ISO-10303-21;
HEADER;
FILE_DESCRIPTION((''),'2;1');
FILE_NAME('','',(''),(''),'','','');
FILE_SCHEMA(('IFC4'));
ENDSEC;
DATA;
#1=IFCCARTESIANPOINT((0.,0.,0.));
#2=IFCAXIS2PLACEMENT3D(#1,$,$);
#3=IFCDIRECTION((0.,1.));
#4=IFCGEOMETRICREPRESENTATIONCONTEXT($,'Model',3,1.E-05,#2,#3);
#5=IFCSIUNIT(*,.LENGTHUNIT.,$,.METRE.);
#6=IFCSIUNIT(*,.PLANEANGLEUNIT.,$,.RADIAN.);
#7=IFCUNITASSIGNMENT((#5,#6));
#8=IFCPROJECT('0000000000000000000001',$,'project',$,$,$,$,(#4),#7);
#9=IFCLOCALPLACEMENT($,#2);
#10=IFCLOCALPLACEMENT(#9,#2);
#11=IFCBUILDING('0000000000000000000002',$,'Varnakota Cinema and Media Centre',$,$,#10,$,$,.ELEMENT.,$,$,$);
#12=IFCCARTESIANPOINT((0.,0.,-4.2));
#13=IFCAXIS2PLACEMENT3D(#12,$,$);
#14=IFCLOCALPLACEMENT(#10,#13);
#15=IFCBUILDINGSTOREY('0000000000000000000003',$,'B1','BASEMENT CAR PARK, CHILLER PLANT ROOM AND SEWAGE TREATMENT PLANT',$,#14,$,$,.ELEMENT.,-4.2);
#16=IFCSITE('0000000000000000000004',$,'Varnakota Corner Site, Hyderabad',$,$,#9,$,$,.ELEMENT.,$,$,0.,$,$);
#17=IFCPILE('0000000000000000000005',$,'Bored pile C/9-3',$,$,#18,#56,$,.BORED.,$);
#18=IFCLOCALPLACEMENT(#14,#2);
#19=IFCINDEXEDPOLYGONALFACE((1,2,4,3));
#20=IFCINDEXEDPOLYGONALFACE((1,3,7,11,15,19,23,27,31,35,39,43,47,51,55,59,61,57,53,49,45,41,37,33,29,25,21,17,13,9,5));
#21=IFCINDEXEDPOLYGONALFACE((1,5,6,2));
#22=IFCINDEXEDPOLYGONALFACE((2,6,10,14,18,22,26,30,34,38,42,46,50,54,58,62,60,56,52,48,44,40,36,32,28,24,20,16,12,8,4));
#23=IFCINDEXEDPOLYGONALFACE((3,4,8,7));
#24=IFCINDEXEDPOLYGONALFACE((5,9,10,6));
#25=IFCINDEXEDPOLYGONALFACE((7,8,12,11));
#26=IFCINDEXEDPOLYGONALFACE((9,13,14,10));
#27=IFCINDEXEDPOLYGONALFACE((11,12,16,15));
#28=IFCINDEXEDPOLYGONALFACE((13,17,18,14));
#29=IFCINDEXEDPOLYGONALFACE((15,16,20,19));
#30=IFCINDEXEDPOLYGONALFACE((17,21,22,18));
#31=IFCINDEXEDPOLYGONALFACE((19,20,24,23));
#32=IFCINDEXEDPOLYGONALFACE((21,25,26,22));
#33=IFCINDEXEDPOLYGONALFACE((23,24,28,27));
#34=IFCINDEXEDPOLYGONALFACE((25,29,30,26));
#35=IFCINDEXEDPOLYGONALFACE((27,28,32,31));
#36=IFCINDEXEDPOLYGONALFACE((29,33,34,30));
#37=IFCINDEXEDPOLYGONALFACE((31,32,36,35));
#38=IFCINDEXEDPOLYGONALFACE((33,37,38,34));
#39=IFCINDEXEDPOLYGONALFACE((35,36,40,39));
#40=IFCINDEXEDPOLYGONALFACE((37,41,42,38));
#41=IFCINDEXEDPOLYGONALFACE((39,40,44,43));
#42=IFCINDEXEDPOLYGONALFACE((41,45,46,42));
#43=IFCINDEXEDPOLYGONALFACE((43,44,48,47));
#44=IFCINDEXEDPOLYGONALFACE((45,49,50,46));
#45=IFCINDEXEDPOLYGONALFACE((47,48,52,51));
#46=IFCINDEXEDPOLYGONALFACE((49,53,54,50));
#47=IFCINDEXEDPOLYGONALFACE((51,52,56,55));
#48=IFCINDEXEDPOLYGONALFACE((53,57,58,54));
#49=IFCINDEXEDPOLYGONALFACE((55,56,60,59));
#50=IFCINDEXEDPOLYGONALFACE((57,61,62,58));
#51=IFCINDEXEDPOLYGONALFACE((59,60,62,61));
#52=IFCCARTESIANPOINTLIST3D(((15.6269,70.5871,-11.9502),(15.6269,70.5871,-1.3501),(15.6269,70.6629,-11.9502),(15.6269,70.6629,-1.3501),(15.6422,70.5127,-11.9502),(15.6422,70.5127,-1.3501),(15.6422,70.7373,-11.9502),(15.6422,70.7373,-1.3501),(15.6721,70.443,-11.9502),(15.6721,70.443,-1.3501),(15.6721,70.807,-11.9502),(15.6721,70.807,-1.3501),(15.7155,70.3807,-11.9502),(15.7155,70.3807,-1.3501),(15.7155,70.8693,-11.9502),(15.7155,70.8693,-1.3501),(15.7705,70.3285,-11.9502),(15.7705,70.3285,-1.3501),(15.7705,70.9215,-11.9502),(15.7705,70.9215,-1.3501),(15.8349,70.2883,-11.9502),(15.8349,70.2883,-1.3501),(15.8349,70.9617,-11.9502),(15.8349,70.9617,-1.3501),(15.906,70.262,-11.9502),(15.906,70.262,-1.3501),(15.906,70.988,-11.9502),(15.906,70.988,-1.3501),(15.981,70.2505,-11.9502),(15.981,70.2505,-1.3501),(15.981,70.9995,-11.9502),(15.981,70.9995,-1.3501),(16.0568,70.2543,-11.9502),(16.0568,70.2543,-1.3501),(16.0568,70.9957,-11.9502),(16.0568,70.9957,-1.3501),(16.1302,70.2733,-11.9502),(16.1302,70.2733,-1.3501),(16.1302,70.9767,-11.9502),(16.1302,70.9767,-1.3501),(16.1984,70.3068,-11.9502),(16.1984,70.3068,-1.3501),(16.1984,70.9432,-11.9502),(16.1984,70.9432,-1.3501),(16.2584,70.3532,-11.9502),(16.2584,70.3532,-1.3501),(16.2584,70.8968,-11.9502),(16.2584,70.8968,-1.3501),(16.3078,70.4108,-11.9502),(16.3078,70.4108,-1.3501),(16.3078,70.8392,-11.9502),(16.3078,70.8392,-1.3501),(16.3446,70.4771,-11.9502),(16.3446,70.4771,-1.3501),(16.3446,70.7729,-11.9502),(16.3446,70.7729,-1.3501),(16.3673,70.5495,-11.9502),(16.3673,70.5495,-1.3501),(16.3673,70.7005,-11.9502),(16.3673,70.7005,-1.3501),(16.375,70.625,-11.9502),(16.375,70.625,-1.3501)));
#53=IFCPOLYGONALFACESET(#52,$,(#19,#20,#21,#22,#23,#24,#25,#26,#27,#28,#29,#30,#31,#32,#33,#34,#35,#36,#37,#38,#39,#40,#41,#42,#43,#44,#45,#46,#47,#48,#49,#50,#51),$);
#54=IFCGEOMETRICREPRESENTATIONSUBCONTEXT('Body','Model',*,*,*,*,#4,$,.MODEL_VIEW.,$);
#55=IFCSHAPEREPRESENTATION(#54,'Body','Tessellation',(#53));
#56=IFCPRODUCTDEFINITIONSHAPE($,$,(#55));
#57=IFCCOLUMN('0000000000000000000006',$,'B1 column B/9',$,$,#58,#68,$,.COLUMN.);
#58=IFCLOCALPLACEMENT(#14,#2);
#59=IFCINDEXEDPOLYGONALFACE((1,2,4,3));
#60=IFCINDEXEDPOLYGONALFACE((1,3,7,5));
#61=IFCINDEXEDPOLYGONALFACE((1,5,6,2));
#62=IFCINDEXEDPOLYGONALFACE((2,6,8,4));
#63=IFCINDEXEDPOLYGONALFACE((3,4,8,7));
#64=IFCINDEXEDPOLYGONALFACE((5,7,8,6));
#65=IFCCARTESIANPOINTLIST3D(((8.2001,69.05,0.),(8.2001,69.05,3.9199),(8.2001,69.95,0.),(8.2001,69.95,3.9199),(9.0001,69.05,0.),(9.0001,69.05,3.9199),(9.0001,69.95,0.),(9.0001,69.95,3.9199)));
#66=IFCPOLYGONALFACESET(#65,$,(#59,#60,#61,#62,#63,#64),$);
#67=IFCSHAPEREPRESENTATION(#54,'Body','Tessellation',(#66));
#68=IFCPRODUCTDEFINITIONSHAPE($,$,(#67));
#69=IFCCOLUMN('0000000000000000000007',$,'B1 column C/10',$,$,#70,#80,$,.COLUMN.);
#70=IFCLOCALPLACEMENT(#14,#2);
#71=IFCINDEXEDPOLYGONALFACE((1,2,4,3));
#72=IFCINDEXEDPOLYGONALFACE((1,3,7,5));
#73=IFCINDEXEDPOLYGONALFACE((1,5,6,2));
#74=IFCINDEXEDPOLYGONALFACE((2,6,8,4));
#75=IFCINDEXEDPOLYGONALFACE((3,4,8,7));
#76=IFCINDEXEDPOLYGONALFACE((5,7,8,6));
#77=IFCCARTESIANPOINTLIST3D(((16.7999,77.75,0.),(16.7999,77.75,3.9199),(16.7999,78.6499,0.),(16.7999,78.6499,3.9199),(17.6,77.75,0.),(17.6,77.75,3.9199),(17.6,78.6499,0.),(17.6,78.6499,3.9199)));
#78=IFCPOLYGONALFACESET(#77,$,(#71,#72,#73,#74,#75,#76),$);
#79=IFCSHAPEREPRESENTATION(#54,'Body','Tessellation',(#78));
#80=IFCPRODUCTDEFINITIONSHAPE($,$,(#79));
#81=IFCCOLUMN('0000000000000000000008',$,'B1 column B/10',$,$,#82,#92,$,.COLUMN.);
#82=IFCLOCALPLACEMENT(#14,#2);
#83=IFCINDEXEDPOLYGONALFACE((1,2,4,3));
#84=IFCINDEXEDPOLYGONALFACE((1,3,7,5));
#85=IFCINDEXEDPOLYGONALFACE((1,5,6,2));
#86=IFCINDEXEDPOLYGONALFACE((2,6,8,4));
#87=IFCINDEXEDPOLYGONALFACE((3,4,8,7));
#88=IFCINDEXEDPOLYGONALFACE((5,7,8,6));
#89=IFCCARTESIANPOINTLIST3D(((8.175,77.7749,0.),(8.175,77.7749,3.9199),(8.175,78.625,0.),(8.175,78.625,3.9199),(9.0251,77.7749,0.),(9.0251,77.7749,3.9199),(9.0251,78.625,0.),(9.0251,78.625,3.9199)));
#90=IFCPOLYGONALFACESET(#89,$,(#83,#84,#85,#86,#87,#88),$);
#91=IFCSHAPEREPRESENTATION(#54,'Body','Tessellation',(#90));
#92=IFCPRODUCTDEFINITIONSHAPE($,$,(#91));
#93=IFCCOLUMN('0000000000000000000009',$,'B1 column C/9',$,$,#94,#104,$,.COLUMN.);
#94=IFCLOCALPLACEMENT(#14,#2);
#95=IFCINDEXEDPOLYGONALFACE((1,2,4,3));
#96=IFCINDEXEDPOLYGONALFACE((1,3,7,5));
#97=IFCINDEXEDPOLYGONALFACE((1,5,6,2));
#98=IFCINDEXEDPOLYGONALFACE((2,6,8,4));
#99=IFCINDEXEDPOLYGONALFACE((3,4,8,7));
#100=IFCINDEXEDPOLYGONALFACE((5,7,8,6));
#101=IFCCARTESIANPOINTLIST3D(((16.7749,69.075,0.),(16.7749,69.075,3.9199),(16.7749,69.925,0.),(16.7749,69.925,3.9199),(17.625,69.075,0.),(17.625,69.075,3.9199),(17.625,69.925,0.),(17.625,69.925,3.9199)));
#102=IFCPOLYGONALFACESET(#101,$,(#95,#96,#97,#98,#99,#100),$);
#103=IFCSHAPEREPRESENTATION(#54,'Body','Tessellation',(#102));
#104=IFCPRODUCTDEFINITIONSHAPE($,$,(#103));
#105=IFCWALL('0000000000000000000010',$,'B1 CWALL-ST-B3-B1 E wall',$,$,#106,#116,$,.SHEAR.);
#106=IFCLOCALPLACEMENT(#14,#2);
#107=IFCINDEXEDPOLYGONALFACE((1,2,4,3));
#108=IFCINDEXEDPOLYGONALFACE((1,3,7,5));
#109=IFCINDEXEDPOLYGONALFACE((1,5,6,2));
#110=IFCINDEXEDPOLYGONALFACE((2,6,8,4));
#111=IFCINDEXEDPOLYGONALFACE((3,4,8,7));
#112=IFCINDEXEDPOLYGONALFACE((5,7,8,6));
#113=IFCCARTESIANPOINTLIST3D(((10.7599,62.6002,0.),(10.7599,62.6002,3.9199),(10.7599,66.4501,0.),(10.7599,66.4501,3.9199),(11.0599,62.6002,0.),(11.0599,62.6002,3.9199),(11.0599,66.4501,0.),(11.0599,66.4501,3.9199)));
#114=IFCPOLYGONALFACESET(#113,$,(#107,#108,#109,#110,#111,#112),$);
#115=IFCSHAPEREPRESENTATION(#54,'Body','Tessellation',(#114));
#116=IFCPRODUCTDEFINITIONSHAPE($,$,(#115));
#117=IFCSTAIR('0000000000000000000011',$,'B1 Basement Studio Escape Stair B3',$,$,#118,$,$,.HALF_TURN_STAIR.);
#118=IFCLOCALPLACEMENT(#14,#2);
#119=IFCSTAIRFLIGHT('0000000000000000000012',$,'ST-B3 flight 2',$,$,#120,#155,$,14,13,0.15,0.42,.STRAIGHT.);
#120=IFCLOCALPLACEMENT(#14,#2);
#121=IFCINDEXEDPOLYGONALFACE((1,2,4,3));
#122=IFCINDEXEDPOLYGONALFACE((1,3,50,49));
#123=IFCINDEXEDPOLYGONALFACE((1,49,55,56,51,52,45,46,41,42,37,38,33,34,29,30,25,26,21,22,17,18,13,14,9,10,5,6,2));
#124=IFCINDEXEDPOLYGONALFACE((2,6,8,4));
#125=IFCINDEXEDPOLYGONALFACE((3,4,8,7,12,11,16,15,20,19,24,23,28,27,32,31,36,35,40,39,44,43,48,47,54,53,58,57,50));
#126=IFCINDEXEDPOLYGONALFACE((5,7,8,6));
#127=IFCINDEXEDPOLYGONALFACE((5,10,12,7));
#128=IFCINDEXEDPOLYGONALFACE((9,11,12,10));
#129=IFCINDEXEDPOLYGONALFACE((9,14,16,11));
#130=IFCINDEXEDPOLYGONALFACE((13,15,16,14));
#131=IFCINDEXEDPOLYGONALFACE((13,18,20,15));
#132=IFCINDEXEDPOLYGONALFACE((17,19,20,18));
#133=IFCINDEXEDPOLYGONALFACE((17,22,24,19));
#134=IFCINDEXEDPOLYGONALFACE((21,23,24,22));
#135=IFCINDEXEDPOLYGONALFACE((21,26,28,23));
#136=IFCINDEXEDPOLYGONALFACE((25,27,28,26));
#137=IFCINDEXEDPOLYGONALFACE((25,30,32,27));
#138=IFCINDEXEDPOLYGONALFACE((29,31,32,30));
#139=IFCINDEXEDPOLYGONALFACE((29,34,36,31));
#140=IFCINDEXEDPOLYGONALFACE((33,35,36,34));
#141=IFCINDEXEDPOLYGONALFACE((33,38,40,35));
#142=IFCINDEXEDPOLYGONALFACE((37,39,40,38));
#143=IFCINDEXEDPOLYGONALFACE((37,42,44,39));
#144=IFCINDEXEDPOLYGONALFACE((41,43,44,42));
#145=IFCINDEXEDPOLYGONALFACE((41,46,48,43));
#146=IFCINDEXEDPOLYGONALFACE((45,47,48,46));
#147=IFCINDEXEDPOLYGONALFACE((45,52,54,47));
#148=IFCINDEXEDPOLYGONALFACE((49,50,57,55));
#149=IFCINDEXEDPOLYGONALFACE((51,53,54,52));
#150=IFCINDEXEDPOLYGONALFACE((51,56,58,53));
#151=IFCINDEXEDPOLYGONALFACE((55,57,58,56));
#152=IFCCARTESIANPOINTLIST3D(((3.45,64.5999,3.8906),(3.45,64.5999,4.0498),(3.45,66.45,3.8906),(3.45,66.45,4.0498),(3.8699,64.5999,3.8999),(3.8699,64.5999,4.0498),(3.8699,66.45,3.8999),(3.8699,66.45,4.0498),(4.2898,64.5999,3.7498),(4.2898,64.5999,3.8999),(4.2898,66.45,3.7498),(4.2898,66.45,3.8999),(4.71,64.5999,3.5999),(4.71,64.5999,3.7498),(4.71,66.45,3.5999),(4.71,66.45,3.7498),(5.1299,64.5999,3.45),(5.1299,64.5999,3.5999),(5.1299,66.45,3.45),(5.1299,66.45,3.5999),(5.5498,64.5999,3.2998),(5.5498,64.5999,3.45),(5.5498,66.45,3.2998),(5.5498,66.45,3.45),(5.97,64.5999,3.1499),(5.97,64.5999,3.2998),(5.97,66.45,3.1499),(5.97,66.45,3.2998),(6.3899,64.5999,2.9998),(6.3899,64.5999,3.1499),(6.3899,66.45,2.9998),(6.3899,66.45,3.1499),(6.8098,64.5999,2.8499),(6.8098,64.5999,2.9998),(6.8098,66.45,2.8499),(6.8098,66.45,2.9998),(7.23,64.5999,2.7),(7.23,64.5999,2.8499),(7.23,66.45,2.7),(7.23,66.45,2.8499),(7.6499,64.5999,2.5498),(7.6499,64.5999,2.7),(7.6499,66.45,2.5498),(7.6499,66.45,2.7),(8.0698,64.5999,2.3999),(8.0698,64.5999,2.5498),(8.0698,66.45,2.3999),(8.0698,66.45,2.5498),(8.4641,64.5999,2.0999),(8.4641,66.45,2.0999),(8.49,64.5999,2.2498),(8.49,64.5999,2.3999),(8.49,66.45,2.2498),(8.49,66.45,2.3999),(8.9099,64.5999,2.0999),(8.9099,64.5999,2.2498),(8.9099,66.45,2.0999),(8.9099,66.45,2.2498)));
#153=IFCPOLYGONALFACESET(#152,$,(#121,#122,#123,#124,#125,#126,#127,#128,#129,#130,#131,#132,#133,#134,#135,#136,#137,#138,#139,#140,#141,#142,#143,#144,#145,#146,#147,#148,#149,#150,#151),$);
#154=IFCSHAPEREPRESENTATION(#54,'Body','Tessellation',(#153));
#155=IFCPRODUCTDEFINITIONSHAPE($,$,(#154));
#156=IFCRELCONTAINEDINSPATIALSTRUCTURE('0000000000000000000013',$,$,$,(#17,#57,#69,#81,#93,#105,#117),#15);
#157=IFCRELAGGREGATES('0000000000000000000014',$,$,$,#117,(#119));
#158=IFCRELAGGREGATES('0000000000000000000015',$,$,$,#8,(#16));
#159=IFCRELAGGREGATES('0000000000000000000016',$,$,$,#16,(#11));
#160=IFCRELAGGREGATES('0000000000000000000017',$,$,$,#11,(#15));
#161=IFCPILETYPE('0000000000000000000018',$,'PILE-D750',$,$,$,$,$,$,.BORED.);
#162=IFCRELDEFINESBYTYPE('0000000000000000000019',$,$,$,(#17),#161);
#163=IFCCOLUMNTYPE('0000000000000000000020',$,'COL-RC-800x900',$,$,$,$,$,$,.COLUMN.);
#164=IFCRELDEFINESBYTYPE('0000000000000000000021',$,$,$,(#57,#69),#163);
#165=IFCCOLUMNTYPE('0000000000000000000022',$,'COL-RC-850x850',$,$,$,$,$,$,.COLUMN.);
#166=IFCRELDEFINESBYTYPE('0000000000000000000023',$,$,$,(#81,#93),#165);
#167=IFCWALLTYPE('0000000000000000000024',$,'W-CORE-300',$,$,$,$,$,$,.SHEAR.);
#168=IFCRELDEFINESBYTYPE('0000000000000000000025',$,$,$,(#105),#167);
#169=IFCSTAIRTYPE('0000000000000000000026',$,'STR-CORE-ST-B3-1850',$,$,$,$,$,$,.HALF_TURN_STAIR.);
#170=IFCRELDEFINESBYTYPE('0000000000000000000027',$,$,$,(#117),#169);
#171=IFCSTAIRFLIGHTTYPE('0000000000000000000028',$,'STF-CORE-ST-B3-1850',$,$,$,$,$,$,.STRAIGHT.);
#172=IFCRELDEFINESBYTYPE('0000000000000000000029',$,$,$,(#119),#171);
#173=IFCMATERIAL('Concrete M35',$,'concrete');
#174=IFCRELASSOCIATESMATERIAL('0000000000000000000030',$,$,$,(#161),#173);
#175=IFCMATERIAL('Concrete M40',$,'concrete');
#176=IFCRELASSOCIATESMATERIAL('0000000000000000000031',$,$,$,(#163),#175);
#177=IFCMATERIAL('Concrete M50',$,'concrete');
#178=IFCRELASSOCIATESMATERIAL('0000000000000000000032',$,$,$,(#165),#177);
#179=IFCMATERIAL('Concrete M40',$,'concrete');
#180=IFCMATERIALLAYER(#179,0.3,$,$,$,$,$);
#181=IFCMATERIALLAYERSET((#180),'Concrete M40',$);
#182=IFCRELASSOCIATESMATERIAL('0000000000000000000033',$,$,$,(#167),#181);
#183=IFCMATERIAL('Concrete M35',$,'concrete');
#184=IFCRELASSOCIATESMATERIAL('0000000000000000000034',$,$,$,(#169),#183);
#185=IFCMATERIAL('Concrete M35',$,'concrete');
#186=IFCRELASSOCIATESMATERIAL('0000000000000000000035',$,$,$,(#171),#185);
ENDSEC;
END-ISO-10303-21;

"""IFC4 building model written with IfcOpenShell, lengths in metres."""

from ifc_helpers import new_model, si_unit, direction, frame, frame_2d, origin, origin_2d, place, context, subcontext, project, spatial, polyline, rectangle, circle, outline, extrude, material, layer, layer_set, material_profile, profile_set, type_object, element, aggregate, save


model = new_model("IFC4")

# Units and contexts
model_context = context("Model", 3, precision=1e-05, world=origin(), true_north=direction((0.0, 1.0)))
body_context = subcontext(model_context, "Body", "Model", "MODEL_VIEW")
ifc_project = project(units=[si_unit("LENGTHUNIT", "METRE"), si_unit("PLANEANGLEUNIT", "RADIAN")], contexts=[model_context])

# Site, building, storey
site_placement = place(None, origin())
site = spatial("IfcSite", under=ifc_project, at=site_placement, Name="Varnakota Corner Site, Hyderabad", CompositionType="ELEMENT", RefElevation=0.0)
building_placement = place(site_placement, origin())
building = spatial("IfcBuilding", under=site, at=building_placement, Name="Varnakota Cinema and Media Centre", CompositionType="ELEMENT")
storey_placement = place(building_placement, frame((0.0, 0.0, -4.2)))
storey = spatial("IfcBuildingStorey", under=building, at=storey_placement, Name="B1", Description="BASEMENT CAR PARK, CHILLER PLANT ROOM AND SEWAGE TREATMENT PLANT", CompositionType="ELEMENT", Elevation=-4.2)

# Pile
ifc_material_1 = material(Name="Concrete M35", Category="concrete")
ifc_material_profile_1 = material_profile(ifc_material_1, circle(Radius=0.375, at=origin_2d()), Name="PILE D750")
ifc_profile_set_1 = profile_set([ifc_material_profile_1], Name="Concrete M35")
pile_type_1 = type_object("IfcPileType", Name="PILE-D750", PredefinedType="BORED", material=ifc_profile_set_1)
for number, where, z_axis, x_axis, name in (
    (1, (16.0, 70.625, -1.3501), (0.0, 0.0, -1.0), (1.0, 0.0, 0.0), "Bored pile C/9-3"),
):
    element("IfcPile", number, at=place(storey_placement, frame(where, z_axis=z_axis, x_axis=x_axis)), inside=storey, type_object=pile_type_1, Name=name, PredefinedType="BORED", context=body_context, shape_type="SweptSolid", body=[
        extrude(circle(Radius=0.375, at=origin_2d()), origin(), (0.0, 0.0, 1.0), 10.6001),
    ])

# Columns
ifc_material_2 = material(Name="Concrete M40", Category="concrete")
ifc_material_profile_2 = material_profile(ifc_material_2, rectangle(XDim=0.8, YDim=0.8999, at=origin_2d()), Name="RC 800x900")
ifc_profile_set_2 = profile_set([ifc_material_profile_2], Name="Concrete M40")
column_type_1 = type_object("IfcColumnType", Name="COL-RC-800x900", PredefinedType="COLUMN", material=ifc_profile_set_2)
for number, where, z_axis, x_axis, name in (
    (2, (8.6001, 69.5, 0.0), (0.0, 0.0, 1.0), (1.0, 0.0, 0.0), "B1 column B/9"),
    (3, (17.2, 78.2, 0.0), (0.0, 0.0, 1.0), (1.0, 0.0, 0.0), "B1 column C/10"),
):
    element("IfcColumn", number, at=place(storey_placement, frame(where, z_axis=z_axis, x_axis=x_axis)), inside=storey, type_object=column_type_1, Name=name, PredefinedType="COLUMN", context=body_context, shape_type="SweptSolid", body=[
        extrude(rectangle(XDim=0.8, YDim=0.8999, at=origin_2d()), origin(), (0.0, 0.0, 1.0), 3.9199),
    ])
ifc_material_3 = material(Name="Concrete M50", Category="concrete")
ifc_material_profile_3 = material_profile(ifc_material_3, rectangle(XDim=0.8501, YDim=0.8501, at=origin_2d()), Name="RC 850x850")
ifc_profile_set_3 = profile_set([ifc_material_profile_3], Name="Concrete M50")
column_type_2 = type_object("IfcColumnType", Name="COL-RC-850x850", PredefinedType="COLUMN", material=ifc_profile_set_3)
for number, where, z_axis, x_axis, name in (
    (4, (8.6001, 78.2, 0.0), (0.0, 0.0, 1.0), (1.0, 0.0, 0.0), "B1 column B/10"),
    (5, (17.2, 69.5, 0.0), (0.0, 0.0, 1.0), (1.0, 0.0, 0.0), "B1 column C/9"),
):
    element("IfcColumn", number, at=place(storey_placement, frame(where, z_axis=z_axis, x_axis=x_axis)), inside=storey, type_object=column_type_2, Name=name, PredefinedType="COLUMN", context=body_context, shape_type="SweptSolid", body=[
        extrude(rectangle(XDim=0.8501, YDim=0.8501, at=origin_2d()), origin(), (0.0, 0.0, 1.0), 3.9199),
    ])

# Wall
ifc_material_4 = material(Name="Concrete M40", Category="concrete")
ifc_layer_1 = layer(ifc_material_4, 0.3)
ifc_layer_set_1 = layer_set([ifc_layer_1], Name="Concrete M40")
wall_type = type_object("IfcWallType", Name="W-CORE-300", PredefinedType="SHEAR", material=ifc_layer_set_1)
wall_placement = place(storey_placement, frame((10.9099, 66.45, 0.0), z_axis=(0.0, 0.0, 1.0), x_axis=(0.0, -1.0, 0.0)))
element("IfcWall", 6, at=wall_placement, inside=storey, type_object=wall_type, Name="B1 CWALL-ST-B3-B1 E wall", PredefinedType="SHEAR", context=body_context, shape_type="SweptSolid", body=[
    extrude(rectangle(XDim=3.8499, YDim=0.3, at=frame_2d((1.9248, 0.0))), origin(), (0.0, 0.0, 1.0), 3.9199),
])

# Stair, stair flight
ifc_material_5 = material(Name="Concrete M35", Category="concrete")
stair_type = type_object("IfcStairType", Name="STR-CORE-ST-B3-1850", PredefinedType="HALF_TURN_STAIR", material=ifc_material_5)
stair_placement = place(storey_placement, origin())
stair = element("IfcStair", 7, at=stair_placement, inside=storey, type_object=stair_type, Name="B1 Basement Studio Escape Stair B3", PredefinedType="HALF_TURN_STAIR")
ifc_material_6 = material(Name="Concrete M35", Category="concrete")
stair_flight_type = type_object("IfcStairFlightType", Name="STF-CORE-ST-B3-1850", PredefinedType="STRAIGHT", material=ifc_material_6)
stair_flight_placement = place(storey_placement, frame((8.9099, 65.5249, 2.0999), z_axis=(0.0, 0.0, 1.0), x_axis=(-1.0, 0.0, 0.0)))
stair_flight = element("IfcStairFlight", 8, at=stair_flight_placement, type_object=stair_flight_type, Name="ST-B3 flight 2", NumberOfRisers=14, NumberOfTreads=13, PredefinedType="STRAIGHT", RiserHeight=0.15, TreadLength=0.42, context=body_context, shape_type="SweptSolid", body=[
    extrude(outline(polyline([(0.0, 0.0), (0.0, 0.1499), (0.4199, 0.1499), (0.4199, 0.3), (0.8401, 0.3), (0.8401, 0.45), (1.26, 0.45), (1.26, 0.6001), (1.6799, 0.6001), (1.6799, 0.75), (2.1001, 0.75), (2.1001, 0.8999), (2.52, 0.8999), (2.52, 1.05), (2.9399, 1.05), (2.9399, 1.2), (3.3601, 1.2), (3.3601, 1.3501), (3.78, 1.3501), (3.78, 1.5), (4.2, 1.5), (4.2, 1.6499), (4.6201, 1.6499), (4.6201, 1.8), (5.04, 1.8), (5.04, 1.95), (5.46, 1.95), (5.46, 2.1001), (5.46, 1.7908), (0.4458, 0.0), (0.0, 0.0)])), frame((0.0, 0.925, 0.0), z_axis=(0.0, -1.0, 0.0), x_axis=(1.0, 0.0, 0.0)), (0.0, 0.0, 1.0), 1.8501),
])
aggregate(stair, [stair_flight])

save(model, "model.ifc")
